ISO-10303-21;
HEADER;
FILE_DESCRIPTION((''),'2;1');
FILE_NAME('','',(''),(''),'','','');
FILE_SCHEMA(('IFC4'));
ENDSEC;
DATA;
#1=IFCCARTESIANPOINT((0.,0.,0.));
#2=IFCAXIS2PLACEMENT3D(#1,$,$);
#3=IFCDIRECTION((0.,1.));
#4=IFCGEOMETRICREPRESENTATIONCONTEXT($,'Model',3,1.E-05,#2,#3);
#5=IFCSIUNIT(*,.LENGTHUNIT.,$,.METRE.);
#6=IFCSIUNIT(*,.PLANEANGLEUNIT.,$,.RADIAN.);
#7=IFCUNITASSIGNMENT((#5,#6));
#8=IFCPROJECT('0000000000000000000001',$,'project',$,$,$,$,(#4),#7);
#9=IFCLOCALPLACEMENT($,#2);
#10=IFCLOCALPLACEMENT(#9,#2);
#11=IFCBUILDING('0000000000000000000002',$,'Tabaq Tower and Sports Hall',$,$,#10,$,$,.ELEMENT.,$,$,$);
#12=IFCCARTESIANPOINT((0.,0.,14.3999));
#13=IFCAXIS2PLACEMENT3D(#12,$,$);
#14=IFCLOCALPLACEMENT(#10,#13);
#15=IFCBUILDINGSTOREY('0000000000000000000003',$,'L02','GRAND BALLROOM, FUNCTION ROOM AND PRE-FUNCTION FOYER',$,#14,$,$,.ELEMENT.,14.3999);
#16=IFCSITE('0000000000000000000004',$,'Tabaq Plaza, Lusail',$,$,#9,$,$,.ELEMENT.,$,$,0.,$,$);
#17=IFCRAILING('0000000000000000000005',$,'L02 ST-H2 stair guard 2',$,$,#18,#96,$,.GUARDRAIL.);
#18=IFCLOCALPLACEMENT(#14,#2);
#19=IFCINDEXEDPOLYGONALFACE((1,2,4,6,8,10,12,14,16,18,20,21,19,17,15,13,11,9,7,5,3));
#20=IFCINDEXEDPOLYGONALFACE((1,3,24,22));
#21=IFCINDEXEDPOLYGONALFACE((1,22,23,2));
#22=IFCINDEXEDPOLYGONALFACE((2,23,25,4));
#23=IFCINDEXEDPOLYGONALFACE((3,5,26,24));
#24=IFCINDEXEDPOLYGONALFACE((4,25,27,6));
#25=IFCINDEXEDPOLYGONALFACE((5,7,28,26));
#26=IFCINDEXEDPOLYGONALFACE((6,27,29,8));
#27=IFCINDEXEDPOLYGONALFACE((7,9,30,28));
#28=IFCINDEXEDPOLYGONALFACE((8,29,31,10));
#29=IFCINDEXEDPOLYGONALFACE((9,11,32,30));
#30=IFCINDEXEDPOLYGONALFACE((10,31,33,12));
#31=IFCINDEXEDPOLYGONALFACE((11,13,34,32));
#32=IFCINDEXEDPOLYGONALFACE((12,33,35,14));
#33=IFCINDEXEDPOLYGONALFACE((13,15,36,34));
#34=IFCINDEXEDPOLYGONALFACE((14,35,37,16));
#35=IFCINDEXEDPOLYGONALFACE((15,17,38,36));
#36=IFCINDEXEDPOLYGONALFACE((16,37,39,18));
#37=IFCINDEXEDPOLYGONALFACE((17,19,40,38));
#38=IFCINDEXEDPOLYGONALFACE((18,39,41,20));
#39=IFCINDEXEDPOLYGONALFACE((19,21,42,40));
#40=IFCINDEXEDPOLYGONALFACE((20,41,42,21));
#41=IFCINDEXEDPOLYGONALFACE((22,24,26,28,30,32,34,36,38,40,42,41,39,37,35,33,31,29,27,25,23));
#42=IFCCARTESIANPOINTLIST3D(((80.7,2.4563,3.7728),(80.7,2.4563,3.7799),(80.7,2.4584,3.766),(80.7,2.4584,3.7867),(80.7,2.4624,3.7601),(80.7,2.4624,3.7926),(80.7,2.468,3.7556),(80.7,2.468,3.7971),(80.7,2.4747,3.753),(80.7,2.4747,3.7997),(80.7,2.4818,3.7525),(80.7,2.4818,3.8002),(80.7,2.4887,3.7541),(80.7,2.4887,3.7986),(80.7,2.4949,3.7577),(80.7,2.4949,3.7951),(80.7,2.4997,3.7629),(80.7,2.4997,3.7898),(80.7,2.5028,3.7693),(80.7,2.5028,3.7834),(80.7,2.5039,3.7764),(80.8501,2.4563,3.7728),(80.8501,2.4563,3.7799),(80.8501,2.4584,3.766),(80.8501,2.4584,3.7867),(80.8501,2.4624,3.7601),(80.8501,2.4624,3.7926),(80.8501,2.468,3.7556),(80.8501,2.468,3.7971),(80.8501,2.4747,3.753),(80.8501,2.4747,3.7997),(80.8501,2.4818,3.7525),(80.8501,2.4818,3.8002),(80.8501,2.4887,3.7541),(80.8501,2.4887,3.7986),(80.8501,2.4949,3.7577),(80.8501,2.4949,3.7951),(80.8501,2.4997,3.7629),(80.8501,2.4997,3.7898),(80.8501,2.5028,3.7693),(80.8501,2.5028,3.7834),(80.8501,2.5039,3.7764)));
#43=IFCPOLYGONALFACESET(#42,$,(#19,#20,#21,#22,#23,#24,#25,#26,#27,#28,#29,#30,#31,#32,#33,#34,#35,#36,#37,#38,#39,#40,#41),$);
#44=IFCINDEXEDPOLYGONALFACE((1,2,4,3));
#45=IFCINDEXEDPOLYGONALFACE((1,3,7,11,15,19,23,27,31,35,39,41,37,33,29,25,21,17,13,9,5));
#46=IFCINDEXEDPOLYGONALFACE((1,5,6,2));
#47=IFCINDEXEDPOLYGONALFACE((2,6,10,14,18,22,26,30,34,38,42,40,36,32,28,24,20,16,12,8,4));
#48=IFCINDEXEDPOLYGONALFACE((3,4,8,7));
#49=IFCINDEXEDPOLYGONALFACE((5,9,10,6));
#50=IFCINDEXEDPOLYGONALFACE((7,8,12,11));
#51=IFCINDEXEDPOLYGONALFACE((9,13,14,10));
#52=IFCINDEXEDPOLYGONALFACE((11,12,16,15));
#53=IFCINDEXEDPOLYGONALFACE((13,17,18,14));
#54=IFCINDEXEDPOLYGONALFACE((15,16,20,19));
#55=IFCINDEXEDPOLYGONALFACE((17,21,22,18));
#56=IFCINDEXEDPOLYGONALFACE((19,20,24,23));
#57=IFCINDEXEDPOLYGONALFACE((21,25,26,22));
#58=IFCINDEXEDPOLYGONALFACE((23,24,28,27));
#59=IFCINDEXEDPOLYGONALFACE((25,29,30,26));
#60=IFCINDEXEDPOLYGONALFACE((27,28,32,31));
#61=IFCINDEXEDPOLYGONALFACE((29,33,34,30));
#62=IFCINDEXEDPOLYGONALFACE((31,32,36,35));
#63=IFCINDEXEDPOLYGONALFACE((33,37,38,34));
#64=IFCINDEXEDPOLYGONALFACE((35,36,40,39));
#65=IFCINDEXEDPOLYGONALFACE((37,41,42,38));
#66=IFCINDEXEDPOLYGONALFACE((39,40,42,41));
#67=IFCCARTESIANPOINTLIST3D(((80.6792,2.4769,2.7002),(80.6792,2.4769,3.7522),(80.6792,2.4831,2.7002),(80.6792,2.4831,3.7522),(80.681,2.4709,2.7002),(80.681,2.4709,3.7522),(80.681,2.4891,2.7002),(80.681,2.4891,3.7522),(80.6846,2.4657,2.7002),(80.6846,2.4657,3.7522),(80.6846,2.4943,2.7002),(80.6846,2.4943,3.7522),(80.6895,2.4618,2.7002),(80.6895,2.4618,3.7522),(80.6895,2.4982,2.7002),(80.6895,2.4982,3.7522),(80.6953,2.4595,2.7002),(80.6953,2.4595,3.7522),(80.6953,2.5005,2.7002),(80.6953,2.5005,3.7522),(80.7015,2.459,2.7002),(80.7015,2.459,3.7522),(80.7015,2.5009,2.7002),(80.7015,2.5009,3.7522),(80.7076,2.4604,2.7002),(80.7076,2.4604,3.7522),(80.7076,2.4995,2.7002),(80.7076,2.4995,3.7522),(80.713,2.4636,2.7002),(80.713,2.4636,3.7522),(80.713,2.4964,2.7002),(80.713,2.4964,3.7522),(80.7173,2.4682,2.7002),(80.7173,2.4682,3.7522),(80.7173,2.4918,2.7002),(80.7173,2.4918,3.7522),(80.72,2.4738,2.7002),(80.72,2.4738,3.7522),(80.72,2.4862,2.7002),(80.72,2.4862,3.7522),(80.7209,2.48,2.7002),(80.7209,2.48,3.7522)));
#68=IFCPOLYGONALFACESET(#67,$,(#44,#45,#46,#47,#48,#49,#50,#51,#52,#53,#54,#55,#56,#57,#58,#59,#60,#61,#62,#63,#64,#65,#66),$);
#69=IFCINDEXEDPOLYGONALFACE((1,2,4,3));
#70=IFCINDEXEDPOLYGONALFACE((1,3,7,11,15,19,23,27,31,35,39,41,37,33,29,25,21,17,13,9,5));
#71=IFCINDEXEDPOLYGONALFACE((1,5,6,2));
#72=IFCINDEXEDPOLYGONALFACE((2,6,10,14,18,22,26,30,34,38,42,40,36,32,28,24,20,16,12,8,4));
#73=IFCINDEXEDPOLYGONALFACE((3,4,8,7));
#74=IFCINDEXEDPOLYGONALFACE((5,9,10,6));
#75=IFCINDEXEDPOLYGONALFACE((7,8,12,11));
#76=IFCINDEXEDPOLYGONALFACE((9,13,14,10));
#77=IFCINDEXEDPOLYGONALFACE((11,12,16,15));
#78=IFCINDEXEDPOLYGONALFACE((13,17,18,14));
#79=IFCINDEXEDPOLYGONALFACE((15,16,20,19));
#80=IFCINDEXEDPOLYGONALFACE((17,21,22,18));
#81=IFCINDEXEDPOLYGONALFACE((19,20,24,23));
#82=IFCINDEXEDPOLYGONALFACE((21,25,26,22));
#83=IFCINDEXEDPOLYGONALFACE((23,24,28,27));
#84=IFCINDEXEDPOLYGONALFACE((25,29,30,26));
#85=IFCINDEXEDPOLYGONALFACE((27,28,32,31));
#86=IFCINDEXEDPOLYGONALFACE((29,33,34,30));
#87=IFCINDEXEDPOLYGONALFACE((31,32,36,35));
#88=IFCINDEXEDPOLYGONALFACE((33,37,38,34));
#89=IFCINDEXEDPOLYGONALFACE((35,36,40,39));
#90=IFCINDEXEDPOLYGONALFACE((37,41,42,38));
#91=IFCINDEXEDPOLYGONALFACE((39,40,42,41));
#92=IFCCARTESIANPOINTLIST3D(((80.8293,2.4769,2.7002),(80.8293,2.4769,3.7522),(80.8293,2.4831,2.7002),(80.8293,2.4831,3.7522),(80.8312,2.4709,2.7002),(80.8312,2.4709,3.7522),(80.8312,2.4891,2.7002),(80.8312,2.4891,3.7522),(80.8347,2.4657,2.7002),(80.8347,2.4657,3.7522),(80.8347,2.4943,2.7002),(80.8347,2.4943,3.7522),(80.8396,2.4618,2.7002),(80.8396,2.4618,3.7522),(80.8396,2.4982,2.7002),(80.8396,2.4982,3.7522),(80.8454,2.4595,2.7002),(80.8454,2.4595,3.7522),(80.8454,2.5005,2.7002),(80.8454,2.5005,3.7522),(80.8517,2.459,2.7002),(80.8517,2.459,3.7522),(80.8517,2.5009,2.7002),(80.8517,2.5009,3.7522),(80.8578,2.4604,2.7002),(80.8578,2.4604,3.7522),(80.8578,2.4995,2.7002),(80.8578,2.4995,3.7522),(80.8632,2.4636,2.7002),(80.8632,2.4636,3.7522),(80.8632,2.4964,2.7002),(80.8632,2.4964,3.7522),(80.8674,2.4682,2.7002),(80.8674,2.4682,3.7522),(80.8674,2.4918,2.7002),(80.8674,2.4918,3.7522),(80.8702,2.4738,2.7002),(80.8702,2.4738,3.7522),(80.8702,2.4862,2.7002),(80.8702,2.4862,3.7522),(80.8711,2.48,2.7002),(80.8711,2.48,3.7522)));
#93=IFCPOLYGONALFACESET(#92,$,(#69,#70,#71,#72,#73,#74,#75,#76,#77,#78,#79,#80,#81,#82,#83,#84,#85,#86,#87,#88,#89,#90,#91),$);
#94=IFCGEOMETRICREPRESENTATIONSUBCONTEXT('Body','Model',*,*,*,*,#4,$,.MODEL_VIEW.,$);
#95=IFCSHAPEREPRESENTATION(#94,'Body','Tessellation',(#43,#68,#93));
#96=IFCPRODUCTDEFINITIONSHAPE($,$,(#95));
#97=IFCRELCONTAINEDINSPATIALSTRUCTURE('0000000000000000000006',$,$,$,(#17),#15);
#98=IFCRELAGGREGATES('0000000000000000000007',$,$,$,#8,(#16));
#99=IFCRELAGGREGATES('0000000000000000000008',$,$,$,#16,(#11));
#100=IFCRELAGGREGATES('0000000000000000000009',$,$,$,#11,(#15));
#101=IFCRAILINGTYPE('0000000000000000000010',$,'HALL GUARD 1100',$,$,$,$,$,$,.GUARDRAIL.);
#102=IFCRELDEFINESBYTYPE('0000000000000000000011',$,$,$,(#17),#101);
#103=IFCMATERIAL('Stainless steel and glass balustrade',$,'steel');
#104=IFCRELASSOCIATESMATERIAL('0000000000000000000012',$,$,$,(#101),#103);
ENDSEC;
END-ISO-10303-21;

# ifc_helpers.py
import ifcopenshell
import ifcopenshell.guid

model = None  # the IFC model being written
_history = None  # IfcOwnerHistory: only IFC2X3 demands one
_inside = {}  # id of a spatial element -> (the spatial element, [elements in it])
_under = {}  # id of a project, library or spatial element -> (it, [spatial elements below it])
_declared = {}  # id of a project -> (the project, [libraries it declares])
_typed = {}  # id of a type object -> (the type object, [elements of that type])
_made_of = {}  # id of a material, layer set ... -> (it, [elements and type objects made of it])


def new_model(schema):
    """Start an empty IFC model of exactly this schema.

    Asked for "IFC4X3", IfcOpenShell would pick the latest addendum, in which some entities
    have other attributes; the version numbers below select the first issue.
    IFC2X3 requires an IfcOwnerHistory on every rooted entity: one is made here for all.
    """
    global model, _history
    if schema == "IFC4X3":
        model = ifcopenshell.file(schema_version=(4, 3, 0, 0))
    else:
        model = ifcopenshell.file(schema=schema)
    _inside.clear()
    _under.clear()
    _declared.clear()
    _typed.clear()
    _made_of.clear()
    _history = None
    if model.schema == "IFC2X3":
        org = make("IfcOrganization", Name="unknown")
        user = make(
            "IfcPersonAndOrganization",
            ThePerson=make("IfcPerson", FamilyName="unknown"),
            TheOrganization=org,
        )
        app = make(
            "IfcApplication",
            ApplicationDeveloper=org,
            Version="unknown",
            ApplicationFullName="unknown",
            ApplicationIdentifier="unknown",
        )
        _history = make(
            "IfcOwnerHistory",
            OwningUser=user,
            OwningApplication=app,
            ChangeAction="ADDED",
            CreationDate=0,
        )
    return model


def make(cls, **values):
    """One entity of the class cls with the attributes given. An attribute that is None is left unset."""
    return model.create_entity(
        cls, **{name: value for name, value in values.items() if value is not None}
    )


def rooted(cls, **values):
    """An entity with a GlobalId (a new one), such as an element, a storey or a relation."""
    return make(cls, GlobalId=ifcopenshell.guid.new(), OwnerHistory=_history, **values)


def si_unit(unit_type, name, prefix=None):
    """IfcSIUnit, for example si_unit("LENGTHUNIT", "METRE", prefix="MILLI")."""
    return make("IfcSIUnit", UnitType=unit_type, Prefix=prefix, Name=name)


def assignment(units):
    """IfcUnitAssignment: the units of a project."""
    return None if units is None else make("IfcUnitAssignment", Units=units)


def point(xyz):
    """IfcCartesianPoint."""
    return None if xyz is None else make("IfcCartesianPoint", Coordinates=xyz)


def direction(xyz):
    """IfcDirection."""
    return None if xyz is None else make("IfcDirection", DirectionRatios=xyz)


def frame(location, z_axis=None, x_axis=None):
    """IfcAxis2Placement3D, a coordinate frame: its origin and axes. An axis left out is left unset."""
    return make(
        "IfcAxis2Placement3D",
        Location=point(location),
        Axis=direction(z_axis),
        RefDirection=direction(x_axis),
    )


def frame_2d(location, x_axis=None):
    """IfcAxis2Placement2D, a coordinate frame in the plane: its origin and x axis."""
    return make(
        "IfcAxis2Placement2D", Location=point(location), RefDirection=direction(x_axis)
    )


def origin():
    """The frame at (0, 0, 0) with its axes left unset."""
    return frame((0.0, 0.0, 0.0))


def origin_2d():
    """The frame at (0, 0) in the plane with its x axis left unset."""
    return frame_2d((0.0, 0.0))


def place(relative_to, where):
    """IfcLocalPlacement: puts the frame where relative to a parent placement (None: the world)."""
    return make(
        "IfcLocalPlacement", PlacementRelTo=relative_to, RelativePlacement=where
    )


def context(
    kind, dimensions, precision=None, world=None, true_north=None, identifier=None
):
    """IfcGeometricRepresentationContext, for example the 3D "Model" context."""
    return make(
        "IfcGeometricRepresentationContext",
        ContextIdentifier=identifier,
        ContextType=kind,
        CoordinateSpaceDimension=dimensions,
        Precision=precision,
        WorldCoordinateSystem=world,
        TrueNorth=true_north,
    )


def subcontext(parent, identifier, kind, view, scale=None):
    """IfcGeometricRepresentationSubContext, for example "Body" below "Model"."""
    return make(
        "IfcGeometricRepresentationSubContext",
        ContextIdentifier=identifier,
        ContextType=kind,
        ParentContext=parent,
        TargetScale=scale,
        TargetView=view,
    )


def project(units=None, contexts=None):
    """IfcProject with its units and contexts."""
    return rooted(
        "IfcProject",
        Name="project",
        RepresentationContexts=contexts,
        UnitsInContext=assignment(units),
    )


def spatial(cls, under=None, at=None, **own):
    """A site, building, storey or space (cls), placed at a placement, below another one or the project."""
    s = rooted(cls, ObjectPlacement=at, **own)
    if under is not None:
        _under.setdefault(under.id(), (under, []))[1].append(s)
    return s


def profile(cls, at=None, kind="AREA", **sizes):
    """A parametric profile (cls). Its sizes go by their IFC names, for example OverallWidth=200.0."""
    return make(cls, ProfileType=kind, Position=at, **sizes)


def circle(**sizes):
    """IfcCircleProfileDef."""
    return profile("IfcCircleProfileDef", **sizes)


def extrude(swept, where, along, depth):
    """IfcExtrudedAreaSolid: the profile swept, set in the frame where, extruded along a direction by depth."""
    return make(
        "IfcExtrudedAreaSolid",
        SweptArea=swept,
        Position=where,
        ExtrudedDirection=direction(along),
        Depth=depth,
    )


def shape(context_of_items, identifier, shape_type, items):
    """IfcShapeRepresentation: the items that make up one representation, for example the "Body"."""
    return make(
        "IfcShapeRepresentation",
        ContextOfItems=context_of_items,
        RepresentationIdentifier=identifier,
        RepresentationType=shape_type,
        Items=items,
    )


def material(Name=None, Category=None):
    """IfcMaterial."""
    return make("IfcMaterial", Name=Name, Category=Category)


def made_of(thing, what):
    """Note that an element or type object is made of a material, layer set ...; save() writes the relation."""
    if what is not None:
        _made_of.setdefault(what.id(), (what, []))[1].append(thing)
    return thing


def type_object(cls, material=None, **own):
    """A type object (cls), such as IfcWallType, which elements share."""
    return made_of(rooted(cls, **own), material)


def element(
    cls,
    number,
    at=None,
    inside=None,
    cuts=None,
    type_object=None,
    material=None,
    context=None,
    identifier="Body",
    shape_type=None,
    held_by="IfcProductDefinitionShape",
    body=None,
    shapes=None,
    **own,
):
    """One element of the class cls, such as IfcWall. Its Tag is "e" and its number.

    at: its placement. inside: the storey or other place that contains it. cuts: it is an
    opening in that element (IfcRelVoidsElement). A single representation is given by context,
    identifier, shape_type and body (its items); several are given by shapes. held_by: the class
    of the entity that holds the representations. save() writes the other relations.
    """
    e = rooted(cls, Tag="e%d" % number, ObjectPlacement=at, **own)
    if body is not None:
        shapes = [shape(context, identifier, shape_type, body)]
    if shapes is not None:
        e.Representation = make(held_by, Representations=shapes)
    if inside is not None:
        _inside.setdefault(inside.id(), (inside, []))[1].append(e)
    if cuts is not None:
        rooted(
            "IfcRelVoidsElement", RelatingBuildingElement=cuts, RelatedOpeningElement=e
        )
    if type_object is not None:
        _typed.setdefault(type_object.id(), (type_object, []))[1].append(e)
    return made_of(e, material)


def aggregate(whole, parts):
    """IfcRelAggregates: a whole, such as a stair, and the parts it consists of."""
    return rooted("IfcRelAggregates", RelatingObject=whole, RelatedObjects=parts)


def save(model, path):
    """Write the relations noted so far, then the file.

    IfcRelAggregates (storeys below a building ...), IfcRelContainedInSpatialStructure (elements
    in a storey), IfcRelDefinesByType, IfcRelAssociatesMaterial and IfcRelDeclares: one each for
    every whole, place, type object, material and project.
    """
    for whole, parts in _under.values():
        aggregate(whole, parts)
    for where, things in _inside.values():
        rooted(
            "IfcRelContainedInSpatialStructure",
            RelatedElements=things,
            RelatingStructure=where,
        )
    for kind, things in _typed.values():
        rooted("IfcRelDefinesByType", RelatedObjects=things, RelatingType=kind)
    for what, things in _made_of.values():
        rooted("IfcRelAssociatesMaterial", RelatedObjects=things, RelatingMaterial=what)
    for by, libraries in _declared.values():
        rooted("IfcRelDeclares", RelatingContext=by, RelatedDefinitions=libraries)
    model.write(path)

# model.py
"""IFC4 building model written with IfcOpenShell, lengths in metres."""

from ifc_helpers import new_model, si_unit, direction, frame, origin, origin_2d, place, context, subcontext, project, spatial, circle, extrude, material, type_object, element, save


model = new_model("IFC4")

# Units and contexts
model_context = context("Model", 3, precision=1e-05, world=origin(), true_north=direction((0.0, 1.0)))
body_context = subcontext(model_context, "Body", "Model", "MODEL_VIEW")
ifc_project = project(units=[si_unit("LENGTHUNIT", "METRE"), si_unit("PLANEANGLEUNIT", "RADIAN")], contexts=[model_context])

# Site, building, storey
site_placement = place(None, origin())
site = spatial("IfcSite", under=ifc_project, at=site_placement, Name="Tabaq Plaza, Lusail", CompositionType="ELEMENT", RefElevation=0.0)
building_placement = place(site_placement, origin())
building = spatial("IfcBuilding", under=site, at=building_placement, Name="Tabaq Tower and Sports Hall", CompositionType="ELEMENT")
storey_placement = place(building_placement, frame((0.0, 0.0, 14.3999)))
storey = spatial("IfcBuildingStorey", under=building, at=storey_placement, Name="L02", Description="GRAND BALLROOM, FUNCTION ROOM AND PRE-FUNCTION FOYER", CompositionType="ELEMENT", Elevation=14.3999)

# Railing
ifc_material_1 = material(Name="Stainless steel and glass balustrade", Category="steel")
railing_type_1 = type_object("IfcRailingType", Name="HALL GUARD 1100", PredefinedType="GUARDRAIL", material=ifc_material_1)
railing_1_placement = place(storey_placement, frame((80.7, 2.48, 2.7002)))
element("IfcRailing", 1, at=railing_1_placement, inside=storey, type_object=railing_type_1, Name="L02 ST-H2 stair guard 2", PredefinedType="GUARDRAIL", context=body_context, shape_type="SweptSolid", body=[
    extrude(circle(Radius=0.0239, at=origin_2d()), frame((0.0, 0.0, 1.0762), z_axis=(1.0, 0.0, 0.0), x_axis=(0.0, 1.0, 0.0)), (0.0, 0.0, 1.0), 0.1501),
    extrude(circle(Radius=0.021, at=origin_2d()), origin(), (0.0, 0.0, 1.0), 1.052),
    extrude(circle(Radius=0.021, at=origin_2d()), frame((0.1501, 0.0, 0.0)), (0.0, 0.0, 1.0), 1.052),
])

save(model, "model.ifc")
